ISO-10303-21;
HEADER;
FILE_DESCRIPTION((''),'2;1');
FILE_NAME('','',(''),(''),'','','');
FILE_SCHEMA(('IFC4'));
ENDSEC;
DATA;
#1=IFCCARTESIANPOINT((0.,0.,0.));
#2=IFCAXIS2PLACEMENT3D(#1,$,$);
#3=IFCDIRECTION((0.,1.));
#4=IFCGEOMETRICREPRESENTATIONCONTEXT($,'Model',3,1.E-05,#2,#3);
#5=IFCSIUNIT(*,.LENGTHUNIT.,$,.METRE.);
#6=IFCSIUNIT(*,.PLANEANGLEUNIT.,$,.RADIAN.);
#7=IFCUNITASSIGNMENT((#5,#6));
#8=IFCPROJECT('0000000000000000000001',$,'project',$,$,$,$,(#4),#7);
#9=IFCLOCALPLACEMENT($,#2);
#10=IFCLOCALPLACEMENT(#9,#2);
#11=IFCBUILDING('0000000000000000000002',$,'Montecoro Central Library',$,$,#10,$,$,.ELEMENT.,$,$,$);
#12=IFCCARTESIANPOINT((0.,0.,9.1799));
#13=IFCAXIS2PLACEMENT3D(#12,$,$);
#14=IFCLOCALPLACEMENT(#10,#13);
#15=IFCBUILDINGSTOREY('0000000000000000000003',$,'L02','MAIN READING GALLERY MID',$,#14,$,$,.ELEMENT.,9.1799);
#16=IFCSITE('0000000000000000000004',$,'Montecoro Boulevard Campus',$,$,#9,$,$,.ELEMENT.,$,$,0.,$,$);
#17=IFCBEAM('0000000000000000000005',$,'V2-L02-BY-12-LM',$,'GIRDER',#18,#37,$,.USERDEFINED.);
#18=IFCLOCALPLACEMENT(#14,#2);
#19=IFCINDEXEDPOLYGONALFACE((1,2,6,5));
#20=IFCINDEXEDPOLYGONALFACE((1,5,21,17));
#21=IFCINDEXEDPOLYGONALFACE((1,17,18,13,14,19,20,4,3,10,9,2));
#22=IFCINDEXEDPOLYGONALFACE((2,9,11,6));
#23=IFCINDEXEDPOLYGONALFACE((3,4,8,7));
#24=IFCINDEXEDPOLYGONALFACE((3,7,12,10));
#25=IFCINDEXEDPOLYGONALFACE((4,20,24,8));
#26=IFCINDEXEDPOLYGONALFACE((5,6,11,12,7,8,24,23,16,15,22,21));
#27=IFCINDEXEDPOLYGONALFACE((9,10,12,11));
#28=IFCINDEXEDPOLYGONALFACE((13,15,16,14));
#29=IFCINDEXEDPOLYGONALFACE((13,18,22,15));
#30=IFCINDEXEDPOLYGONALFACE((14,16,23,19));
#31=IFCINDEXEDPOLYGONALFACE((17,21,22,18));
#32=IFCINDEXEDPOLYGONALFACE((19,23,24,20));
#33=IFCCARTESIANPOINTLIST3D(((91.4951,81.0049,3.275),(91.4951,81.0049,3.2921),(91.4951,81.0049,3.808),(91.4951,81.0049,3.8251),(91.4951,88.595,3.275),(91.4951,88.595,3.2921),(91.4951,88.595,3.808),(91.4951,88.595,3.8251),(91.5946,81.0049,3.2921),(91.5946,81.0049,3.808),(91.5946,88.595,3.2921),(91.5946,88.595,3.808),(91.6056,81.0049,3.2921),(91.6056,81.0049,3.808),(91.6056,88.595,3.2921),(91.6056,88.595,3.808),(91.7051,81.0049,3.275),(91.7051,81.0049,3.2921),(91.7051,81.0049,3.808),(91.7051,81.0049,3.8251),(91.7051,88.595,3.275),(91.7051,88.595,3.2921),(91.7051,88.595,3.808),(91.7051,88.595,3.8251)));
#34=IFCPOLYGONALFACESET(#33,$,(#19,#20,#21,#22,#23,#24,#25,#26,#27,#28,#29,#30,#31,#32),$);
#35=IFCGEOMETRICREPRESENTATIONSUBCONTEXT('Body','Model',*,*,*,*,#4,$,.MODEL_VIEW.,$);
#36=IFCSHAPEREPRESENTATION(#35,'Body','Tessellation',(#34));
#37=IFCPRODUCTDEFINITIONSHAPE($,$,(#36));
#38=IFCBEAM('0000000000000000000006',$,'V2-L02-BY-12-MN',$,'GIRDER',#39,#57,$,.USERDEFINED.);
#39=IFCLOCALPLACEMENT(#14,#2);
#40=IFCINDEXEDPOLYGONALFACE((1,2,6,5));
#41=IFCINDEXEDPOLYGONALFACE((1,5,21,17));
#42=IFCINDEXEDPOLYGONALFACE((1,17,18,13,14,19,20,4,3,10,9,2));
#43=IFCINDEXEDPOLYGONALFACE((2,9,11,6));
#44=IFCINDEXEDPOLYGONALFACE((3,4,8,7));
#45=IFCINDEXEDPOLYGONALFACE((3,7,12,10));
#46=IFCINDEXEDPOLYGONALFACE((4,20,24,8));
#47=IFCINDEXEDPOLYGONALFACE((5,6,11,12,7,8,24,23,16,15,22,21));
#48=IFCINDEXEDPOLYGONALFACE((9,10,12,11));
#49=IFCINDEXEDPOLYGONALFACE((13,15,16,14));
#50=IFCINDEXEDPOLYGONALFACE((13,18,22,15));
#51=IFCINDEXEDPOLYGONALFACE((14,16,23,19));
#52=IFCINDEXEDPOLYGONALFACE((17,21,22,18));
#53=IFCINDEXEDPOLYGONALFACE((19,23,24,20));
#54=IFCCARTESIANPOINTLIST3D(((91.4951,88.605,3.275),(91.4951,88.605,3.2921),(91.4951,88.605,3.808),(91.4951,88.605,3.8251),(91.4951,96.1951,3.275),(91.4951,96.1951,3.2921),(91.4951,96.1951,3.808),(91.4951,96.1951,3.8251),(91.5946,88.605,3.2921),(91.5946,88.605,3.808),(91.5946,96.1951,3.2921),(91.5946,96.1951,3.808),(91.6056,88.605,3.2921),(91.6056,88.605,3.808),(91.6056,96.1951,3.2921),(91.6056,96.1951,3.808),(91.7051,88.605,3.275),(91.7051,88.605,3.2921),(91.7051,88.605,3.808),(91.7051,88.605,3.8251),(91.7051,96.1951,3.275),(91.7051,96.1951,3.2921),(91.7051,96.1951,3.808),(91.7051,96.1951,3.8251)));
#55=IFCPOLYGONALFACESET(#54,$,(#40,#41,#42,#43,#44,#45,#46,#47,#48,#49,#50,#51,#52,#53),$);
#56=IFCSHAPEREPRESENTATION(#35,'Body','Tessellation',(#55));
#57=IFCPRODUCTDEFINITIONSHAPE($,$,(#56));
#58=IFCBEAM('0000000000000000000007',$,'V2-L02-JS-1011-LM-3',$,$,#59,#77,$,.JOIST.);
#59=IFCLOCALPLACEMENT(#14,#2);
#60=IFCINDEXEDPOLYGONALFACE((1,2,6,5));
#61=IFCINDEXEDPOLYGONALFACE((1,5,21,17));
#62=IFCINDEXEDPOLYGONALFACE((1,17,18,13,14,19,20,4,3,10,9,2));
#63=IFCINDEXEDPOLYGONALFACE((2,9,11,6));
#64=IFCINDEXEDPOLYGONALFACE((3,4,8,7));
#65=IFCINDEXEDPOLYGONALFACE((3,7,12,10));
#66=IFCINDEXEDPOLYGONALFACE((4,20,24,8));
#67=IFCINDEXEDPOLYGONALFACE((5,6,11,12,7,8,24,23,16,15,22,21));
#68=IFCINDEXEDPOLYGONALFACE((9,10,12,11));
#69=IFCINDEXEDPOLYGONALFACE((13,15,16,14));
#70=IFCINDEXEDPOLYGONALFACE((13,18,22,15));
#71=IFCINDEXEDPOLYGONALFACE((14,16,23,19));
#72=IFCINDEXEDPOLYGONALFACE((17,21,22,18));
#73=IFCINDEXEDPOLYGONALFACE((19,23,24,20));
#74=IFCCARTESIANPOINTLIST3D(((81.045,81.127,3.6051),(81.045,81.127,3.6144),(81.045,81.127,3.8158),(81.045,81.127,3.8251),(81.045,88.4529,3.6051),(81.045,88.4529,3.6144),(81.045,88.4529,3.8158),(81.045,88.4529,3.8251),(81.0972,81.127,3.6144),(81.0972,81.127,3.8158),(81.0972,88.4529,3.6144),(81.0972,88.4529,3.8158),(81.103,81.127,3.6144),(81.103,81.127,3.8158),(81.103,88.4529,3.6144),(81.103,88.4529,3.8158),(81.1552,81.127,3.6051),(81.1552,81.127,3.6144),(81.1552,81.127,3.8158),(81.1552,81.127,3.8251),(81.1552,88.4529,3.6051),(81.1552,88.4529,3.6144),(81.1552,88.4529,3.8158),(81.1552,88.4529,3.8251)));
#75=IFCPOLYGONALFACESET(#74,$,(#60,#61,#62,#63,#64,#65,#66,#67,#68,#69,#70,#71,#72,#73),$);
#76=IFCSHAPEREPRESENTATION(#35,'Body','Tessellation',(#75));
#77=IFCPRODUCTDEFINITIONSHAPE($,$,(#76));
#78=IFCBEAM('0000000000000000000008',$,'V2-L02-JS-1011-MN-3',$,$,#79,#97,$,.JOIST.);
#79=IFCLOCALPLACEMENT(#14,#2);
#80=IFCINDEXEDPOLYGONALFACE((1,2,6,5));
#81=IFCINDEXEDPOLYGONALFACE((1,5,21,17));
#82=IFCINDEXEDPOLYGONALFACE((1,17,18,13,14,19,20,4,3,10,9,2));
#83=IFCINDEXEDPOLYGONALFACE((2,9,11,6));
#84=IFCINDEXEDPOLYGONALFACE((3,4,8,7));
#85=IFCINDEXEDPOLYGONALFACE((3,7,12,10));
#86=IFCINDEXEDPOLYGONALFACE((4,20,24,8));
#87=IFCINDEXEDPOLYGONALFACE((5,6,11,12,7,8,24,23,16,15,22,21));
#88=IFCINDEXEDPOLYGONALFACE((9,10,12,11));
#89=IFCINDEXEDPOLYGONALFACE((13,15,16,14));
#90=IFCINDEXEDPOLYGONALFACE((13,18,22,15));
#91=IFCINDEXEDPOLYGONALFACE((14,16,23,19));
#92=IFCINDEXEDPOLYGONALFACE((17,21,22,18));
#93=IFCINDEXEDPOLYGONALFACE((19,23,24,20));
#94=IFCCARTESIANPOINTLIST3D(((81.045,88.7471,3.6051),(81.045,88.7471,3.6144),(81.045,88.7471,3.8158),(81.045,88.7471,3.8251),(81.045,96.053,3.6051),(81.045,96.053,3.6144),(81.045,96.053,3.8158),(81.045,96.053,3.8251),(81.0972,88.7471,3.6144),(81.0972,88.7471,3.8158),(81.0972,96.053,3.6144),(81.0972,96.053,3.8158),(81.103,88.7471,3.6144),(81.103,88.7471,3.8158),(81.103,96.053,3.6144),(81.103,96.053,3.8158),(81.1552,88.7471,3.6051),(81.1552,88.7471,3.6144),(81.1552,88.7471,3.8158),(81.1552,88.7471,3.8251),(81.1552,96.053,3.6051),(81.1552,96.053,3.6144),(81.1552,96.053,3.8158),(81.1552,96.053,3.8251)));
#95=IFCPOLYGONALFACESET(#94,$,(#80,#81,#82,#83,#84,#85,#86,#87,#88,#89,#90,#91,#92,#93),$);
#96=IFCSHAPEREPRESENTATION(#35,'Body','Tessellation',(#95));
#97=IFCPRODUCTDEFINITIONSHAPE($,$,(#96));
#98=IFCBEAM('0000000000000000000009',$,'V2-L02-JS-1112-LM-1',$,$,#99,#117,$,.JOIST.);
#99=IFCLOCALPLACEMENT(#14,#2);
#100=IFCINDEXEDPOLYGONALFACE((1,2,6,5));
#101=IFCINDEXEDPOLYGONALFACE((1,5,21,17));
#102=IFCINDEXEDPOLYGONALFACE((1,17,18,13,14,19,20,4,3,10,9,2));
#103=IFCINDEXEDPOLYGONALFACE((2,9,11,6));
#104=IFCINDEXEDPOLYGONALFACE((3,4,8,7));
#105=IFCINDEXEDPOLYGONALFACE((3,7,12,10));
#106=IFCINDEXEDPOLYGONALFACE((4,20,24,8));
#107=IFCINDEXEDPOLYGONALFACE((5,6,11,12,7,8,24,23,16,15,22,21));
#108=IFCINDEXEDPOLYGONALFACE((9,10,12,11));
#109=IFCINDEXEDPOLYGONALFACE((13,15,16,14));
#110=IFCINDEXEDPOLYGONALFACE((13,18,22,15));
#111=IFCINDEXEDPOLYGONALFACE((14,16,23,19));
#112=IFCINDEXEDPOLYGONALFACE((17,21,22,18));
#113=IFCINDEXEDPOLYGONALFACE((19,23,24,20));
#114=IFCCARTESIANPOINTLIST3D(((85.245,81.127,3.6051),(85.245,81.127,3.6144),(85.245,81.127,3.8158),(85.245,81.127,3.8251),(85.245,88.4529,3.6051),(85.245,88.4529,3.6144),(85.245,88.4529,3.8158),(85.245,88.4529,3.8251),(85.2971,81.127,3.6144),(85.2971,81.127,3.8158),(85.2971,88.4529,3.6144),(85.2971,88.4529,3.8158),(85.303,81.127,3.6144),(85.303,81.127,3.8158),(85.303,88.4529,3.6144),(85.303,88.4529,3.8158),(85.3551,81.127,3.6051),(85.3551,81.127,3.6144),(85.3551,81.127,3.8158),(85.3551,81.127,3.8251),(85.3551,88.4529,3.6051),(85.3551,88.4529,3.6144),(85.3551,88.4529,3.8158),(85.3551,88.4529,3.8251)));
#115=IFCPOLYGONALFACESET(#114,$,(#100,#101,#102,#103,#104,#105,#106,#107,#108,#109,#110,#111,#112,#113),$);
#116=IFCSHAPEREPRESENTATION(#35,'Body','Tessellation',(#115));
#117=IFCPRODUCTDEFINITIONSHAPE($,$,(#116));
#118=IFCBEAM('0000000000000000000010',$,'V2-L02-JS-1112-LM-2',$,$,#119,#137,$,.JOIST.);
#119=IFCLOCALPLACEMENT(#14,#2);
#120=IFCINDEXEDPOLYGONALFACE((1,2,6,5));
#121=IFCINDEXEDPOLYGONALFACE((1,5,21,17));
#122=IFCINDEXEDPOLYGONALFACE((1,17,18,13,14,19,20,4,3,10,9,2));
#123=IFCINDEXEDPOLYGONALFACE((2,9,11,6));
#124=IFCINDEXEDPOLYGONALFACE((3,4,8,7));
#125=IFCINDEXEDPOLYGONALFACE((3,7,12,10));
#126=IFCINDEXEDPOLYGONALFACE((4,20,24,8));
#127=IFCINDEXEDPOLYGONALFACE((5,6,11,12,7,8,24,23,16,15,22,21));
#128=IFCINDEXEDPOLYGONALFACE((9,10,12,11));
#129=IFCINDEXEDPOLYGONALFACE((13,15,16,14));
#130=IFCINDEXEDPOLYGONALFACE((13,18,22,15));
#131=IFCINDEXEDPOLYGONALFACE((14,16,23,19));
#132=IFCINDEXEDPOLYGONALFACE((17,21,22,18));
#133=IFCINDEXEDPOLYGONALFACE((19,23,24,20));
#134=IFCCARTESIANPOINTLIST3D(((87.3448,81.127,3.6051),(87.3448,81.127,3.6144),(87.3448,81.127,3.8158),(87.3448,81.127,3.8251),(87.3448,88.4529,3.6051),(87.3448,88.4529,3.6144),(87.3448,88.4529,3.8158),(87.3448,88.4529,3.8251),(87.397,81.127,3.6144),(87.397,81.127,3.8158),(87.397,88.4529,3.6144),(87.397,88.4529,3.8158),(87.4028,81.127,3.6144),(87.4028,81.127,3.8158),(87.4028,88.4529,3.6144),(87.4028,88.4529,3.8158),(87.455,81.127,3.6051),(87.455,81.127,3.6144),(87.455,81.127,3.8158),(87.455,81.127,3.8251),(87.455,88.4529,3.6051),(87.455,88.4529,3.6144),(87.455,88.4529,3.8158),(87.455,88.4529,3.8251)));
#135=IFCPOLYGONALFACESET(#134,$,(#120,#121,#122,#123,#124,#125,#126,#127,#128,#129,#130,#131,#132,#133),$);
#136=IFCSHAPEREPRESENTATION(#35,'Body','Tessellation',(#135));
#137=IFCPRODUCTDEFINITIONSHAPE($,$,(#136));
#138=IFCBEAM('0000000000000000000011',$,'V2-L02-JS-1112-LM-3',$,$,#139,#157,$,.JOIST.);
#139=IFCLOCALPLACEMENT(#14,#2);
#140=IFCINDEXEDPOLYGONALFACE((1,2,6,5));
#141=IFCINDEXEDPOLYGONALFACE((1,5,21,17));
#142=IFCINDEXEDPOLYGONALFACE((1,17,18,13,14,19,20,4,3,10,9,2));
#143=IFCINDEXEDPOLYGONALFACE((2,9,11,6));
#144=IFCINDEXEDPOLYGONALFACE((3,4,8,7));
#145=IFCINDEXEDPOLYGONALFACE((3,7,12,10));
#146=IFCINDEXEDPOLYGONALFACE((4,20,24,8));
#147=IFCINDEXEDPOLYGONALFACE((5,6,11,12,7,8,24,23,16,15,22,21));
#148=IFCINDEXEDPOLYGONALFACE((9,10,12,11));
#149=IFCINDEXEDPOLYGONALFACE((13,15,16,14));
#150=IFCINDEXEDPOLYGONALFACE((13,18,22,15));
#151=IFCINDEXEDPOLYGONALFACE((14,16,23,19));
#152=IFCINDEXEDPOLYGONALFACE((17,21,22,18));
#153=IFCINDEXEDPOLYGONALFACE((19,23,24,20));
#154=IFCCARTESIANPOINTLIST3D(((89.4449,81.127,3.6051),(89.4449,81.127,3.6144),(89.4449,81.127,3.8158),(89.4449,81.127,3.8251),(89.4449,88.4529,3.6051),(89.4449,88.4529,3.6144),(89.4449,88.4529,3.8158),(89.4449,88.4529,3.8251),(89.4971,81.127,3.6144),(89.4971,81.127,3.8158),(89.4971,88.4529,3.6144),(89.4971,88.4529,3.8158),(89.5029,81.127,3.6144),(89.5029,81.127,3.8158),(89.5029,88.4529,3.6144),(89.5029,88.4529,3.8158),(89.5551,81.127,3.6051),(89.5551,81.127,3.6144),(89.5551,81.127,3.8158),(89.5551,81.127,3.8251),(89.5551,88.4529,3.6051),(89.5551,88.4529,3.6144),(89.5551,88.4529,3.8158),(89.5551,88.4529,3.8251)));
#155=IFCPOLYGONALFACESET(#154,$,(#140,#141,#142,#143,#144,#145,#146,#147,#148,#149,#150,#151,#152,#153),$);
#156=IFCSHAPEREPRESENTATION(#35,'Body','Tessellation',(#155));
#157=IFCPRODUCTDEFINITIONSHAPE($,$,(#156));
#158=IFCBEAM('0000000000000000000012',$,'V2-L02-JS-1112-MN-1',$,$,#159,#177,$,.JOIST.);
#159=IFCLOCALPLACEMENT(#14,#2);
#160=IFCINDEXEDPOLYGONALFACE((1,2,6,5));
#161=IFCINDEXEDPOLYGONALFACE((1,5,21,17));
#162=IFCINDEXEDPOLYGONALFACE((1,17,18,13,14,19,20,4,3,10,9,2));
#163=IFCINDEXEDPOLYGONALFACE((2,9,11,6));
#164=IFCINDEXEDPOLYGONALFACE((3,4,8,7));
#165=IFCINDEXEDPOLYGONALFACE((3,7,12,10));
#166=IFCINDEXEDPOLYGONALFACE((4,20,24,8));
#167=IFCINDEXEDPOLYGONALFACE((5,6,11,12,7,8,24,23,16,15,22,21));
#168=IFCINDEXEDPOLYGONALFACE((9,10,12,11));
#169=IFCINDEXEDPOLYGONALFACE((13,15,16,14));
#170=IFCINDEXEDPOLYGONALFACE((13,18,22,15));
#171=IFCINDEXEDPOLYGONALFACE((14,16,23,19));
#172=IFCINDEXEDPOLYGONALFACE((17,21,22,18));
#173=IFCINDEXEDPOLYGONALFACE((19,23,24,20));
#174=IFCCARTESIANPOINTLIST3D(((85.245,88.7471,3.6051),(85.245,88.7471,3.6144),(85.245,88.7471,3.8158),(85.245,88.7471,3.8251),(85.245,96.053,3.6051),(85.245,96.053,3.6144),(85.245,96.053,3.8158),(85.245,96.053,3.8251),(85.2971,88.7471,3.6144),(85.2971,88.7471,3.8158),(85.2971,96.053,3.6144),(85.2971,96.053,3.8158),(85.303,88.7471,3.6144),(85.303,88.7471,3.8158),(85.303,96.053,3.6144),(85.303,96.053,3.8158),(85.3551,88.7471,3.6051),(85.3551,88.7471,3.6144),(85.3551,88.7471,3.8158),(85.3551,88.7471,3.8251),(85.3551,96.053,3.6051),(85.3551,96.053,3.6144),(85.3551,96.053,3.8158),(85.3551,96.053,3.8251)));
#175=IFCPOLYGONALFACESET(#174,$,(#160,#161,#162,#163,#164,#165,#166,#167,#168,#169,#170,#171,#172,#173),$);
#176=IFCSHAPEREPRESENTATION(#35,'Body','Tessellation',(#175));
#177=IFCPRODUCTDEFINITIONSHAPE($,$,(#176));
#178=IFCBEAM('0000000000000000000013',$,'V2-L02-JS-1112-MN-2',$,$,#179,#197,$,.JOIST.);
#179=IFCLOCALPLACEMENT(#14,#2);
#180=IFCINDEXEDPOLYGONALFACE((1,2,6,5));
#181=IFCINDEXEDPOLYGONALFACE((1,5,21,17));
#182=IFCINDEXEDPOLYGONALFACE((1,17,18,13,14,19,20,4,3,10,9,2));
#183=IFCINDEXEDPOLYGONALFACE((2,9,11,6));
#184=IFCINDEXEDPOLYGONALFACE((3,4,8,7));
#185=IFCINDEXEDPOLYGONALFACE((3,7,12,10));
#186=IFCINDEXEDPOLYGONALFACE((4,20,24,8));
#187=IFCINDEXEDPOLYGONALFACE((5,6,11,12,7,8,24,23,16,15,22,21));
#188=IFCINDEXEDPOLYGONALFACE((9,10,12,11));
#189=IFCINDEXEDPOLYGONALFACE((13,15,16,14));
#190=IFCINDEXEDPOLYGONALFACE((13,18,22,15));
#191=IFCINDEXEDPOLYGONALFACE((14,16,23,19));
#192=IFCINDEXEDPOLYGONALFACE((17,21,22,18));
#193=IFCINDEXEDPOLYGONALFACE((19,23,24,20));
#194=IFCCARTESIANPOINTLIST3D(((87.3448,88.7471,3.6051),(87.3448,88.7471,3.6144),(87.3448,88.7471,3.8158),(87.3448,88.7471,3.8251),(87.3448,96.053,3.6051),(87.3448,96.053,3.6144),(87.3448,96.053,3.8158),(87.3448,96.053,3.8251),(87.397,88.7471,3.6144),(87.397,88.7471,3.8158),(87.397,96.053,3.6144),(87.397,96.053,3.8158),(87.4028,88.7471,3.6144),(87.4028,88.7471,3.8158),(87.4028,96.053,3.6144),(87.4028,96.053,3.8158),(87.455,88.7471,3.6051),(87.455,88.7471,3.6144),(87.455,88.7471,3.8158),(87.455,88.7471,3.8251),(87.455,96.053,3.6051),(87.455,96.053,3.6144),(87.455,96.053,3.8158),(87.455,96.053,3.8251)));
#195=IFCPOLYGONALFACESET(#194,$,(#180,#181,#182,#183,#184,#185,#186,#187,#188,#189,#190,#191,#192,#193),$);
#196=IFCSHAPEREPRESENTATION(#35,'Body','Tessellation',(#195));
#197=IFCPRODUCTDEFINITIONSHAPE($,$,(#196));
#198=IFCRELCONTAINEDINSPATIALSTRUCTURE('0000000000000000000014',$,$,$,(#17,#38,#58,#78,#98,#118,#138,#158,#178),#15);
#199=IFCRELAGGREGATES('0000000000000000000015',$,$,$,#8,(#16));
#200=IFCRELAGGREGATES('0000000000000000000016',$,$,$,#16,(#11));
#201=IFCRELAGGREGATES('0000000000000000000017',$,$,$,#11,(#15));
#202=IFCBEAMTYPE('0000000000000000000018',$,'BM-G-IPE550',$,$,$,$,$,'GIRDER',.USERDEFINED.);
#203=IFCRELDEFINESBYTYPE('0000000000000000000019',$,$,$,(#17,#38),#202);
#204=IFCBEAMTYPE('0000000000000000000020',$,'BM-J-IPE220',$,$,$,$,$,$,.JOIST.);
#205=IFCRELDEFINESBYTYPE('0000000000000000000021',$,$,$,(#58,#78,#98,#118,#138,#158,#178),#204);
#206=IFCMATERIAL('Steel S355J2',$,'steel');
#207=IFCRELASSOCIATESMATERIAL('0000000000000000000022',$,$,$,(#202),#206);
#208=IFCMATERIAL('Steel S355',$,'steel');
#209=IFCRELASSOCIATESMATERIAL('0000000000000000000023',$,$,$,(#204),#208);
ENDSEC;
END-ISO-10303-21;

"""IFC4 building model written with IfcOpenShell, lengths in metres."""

from ifc_helpers import new_model, si_unit, direction, frame, origin, origin_2d, place, context, subcontext, project, spatial, i_section, extrude, material, material_profile, profile_set, type_object, element, save


model = new_model("IFC4")

# Units and contexts
model_context = context("Model", 3, precision=1e-05, world=origin(), true_north=direction((0.0, 1.0)))
body_context = subcontext(model_context, "Body", "Model", "MODEL_VIEW")
ifc_project = project(units=[si_unit("LENGTHUNIT", "METRE"), si_unit("PLANEANGLEUNIT", "RADIAN")], contexts=[model_context])

# Site, building, storey
site_placement = place(None, origin())
site = spatial("IfcSite", under=ifc_project, at=site_placement, Name="Montecoro Boulevard Campus", CompositionType="ELEMENT", RefElevation=0.0)
building_placement = place(site_placement, origin())
building = spatial("IfcBuilding", under=site, at=building_placement, Name="Montecoro Central Library", CompositionType="ELEMENT")
storey_placement = place(building_placement, frame((0.0, 0.0, 9.1799)))
storey = spatial("IfcBuildingStorey", under=building, at=storey_placement, Name="L02", Description="MAIN READING GALLERY MID", CompositionType="ELEMENT", Elevation=9.1799)

# Shared definitions
ifc_material_1 = material(Name="Steel S355", Category="steel")

# Beams
ifc_material_2 = material(Name="Steel S355J2", Category="steel")
ifc_material_profile_1 = material_profile(ifc_material_2, i_section(OverallWidth=0.21, OverallDepth=0.55, WebThickness=0.011, FlangeThickness=0.0171, at=origin_2d()), Name="IPE 550")
ifc_profile_set_1 = profile_set([ifc_material_profile_1], Name="Steel S355J2")
beam_type_1 = type_object("IfcBeamType", Name="BM-G-IPE550", ElementType="GIRDER", PredefinedType="USERDEFINED", material=ifc_profile_set_1)
for number, where, z_axis, x_axis, name in (
    (1, (91.6001, 81.0049, 3.55), (0.0, 1.0, 0.0), (-1.0, 0.0, 0.0), "V2-L02-BY-12-LM"),
    (2, (91.6001, 88.605, 3.55), (0.0, 1.0, 0.0), (-1.0, 0.0, 0.0), "V2-L02-BY-12-MN"),
):
    element("IfcBeam", number, at=place(storey_placement, frame(where, z_axis=z_axis, x_axis=x_axis)), inside=storey, type_object=beam_type_1, Name=name, ObjectType="GIRDER", PredefinedType="USERDEFINED", context=body_context, shape_type="SweptSolid", body=[
        extrude(i_section(OverallWidth=0.21, OverallDepth=0.55, WebThickness=0.011, FlangeThickness=0.0171, at=origin_2d()), origin(), (0.0, 0.0, 1.0), 7.5901),
    ])
ifc_material_profile_2 = material_profile(ifc_material_1, i_section(OverallWidth=0.1101, OverallDepth=0.22, WebThickness=0.0059, FlangeThickness=0.0093, at=origin_2d()), Name="IPE 220")
ifc_profile_set_2 = profile_set([ifc_material_profile_2], Name="Steel S355")
beam_type_2 = type_object("IfcBeamType", Name="BM-J-IPE220", PredefinedType="JOIST", material=ifc_profile_set_2)
beam_1_placement = place(storey_placement, frame((81.1001, 81.127, 3.7151), z_axis=(0.0, 1.0, 0.0), x_axis=(-1.0, 0.0, 0.0)))
element("IfcBeam", 3, at=beam_1_placement, inside=storey, type_object=beam_type_2, Name="V2-L02-JS-1011-LM-3", PredefinedType="JOIST", context=body_context, shape_type="SweptSolid", body=[
    extrude(i_section(OverallWidth=0.1101, OverallDepth=0.22, WebThickness=0.0059, FlangeThickness=0.0093, at=origin_2d()), origin(), (0.0, 0.0, 1.0), 7.3259),
])
beam_2_placement = place(storey_placement, frame((81.1001, 88.7471, 3.7151), z_axis=(0.0, 1.0, 0.0), x_axis=(-1.0, 0.0, 0.0)))
element("IfcBeam", 4, at=beam_2_placement, inside=storey, type_object=beam_type_2, Name="V2-L02-JS-1011-MN-3", PredefinedType="JOIST", context=body_context, shape_type="SweptSolid", body=[
    extrude(i_section(OverallWidth=0.1101, OverallDepth=0.22, WebThickness=0.0059, FlangeThickness=0.0093, at=origin_2d()), origin(), (0.0, 0.0, 1.0), 7.3059),
])
for number, where, z_axis, x_axis, name in (
    (5, (85.3, 81.127, 3.7151), (0.0, 1.0, 0.0), (-1.0, 0.0, 0.0), "V2-L02-JS-1112-LM-1"),
    (6, (87.3999, 81.127, 3.7151), (0.0, 1.0, 0.0), (-1.0, 0.0, 0.0), "V2-L02-JS-1112-LM-2"),
    (7, (89.5, 81.127, 3.7151), (0.0, 1.0, 0.0), (-1.0, 0.0, 0.0), "V2-L02-JS-1112-LM-3"),
):
    element("IfcBeam", number, at=place(storey_placement, frame(where, z_axis=z_axis, x_axis=x_axis)), inside=storey, type_object=beam_type_2, Name=name, PredefinedType="JOIST", context=body_context, shape_type="SweptSolid", body=[
        extrude(i_section(OverallWidth=0.1101, OverallDepth=0.22, WebThickness=0.0059, FlangeThickness=0.0093, at=origin_2d()), origin(), (0.0, 0.0, 1.0), 7.3259),
    ])
for number, where, z_axis, x_axis, name in (
    (8, (85.3, 88.7471, 3.7151), (0.0, 1.0, 0.0), (-1.0, 0.0, 0.0), "V2-L02-JS-1112-MN-1"),
    (9, (87.3999, 88.7471, 3.7151), (0.0, 1.0, 0.0), (-1.0, 0.0, 0.0), "V2-L02-JS-1112-MN-2"),
):
    element("IfcBeam", number, at=place(storey_placement, frame(where, z_axis=z_axis, x_axis=x_axis)), inside=storey, type_object=beam_type_2, Name=name, PredefinedType="JOIST", context=body_context, shape_type="SweptSolid", body=[
        extrude(i_section(OverallWidth=0.1101, OverallDepth=0.22, WebThickness=0.0059, FlangeThickness=0.0093, at=origin_2d()), origin(), (0.0, 0.0, 1.0), 7.3059),
    ])

save(model, "model.ifc")
